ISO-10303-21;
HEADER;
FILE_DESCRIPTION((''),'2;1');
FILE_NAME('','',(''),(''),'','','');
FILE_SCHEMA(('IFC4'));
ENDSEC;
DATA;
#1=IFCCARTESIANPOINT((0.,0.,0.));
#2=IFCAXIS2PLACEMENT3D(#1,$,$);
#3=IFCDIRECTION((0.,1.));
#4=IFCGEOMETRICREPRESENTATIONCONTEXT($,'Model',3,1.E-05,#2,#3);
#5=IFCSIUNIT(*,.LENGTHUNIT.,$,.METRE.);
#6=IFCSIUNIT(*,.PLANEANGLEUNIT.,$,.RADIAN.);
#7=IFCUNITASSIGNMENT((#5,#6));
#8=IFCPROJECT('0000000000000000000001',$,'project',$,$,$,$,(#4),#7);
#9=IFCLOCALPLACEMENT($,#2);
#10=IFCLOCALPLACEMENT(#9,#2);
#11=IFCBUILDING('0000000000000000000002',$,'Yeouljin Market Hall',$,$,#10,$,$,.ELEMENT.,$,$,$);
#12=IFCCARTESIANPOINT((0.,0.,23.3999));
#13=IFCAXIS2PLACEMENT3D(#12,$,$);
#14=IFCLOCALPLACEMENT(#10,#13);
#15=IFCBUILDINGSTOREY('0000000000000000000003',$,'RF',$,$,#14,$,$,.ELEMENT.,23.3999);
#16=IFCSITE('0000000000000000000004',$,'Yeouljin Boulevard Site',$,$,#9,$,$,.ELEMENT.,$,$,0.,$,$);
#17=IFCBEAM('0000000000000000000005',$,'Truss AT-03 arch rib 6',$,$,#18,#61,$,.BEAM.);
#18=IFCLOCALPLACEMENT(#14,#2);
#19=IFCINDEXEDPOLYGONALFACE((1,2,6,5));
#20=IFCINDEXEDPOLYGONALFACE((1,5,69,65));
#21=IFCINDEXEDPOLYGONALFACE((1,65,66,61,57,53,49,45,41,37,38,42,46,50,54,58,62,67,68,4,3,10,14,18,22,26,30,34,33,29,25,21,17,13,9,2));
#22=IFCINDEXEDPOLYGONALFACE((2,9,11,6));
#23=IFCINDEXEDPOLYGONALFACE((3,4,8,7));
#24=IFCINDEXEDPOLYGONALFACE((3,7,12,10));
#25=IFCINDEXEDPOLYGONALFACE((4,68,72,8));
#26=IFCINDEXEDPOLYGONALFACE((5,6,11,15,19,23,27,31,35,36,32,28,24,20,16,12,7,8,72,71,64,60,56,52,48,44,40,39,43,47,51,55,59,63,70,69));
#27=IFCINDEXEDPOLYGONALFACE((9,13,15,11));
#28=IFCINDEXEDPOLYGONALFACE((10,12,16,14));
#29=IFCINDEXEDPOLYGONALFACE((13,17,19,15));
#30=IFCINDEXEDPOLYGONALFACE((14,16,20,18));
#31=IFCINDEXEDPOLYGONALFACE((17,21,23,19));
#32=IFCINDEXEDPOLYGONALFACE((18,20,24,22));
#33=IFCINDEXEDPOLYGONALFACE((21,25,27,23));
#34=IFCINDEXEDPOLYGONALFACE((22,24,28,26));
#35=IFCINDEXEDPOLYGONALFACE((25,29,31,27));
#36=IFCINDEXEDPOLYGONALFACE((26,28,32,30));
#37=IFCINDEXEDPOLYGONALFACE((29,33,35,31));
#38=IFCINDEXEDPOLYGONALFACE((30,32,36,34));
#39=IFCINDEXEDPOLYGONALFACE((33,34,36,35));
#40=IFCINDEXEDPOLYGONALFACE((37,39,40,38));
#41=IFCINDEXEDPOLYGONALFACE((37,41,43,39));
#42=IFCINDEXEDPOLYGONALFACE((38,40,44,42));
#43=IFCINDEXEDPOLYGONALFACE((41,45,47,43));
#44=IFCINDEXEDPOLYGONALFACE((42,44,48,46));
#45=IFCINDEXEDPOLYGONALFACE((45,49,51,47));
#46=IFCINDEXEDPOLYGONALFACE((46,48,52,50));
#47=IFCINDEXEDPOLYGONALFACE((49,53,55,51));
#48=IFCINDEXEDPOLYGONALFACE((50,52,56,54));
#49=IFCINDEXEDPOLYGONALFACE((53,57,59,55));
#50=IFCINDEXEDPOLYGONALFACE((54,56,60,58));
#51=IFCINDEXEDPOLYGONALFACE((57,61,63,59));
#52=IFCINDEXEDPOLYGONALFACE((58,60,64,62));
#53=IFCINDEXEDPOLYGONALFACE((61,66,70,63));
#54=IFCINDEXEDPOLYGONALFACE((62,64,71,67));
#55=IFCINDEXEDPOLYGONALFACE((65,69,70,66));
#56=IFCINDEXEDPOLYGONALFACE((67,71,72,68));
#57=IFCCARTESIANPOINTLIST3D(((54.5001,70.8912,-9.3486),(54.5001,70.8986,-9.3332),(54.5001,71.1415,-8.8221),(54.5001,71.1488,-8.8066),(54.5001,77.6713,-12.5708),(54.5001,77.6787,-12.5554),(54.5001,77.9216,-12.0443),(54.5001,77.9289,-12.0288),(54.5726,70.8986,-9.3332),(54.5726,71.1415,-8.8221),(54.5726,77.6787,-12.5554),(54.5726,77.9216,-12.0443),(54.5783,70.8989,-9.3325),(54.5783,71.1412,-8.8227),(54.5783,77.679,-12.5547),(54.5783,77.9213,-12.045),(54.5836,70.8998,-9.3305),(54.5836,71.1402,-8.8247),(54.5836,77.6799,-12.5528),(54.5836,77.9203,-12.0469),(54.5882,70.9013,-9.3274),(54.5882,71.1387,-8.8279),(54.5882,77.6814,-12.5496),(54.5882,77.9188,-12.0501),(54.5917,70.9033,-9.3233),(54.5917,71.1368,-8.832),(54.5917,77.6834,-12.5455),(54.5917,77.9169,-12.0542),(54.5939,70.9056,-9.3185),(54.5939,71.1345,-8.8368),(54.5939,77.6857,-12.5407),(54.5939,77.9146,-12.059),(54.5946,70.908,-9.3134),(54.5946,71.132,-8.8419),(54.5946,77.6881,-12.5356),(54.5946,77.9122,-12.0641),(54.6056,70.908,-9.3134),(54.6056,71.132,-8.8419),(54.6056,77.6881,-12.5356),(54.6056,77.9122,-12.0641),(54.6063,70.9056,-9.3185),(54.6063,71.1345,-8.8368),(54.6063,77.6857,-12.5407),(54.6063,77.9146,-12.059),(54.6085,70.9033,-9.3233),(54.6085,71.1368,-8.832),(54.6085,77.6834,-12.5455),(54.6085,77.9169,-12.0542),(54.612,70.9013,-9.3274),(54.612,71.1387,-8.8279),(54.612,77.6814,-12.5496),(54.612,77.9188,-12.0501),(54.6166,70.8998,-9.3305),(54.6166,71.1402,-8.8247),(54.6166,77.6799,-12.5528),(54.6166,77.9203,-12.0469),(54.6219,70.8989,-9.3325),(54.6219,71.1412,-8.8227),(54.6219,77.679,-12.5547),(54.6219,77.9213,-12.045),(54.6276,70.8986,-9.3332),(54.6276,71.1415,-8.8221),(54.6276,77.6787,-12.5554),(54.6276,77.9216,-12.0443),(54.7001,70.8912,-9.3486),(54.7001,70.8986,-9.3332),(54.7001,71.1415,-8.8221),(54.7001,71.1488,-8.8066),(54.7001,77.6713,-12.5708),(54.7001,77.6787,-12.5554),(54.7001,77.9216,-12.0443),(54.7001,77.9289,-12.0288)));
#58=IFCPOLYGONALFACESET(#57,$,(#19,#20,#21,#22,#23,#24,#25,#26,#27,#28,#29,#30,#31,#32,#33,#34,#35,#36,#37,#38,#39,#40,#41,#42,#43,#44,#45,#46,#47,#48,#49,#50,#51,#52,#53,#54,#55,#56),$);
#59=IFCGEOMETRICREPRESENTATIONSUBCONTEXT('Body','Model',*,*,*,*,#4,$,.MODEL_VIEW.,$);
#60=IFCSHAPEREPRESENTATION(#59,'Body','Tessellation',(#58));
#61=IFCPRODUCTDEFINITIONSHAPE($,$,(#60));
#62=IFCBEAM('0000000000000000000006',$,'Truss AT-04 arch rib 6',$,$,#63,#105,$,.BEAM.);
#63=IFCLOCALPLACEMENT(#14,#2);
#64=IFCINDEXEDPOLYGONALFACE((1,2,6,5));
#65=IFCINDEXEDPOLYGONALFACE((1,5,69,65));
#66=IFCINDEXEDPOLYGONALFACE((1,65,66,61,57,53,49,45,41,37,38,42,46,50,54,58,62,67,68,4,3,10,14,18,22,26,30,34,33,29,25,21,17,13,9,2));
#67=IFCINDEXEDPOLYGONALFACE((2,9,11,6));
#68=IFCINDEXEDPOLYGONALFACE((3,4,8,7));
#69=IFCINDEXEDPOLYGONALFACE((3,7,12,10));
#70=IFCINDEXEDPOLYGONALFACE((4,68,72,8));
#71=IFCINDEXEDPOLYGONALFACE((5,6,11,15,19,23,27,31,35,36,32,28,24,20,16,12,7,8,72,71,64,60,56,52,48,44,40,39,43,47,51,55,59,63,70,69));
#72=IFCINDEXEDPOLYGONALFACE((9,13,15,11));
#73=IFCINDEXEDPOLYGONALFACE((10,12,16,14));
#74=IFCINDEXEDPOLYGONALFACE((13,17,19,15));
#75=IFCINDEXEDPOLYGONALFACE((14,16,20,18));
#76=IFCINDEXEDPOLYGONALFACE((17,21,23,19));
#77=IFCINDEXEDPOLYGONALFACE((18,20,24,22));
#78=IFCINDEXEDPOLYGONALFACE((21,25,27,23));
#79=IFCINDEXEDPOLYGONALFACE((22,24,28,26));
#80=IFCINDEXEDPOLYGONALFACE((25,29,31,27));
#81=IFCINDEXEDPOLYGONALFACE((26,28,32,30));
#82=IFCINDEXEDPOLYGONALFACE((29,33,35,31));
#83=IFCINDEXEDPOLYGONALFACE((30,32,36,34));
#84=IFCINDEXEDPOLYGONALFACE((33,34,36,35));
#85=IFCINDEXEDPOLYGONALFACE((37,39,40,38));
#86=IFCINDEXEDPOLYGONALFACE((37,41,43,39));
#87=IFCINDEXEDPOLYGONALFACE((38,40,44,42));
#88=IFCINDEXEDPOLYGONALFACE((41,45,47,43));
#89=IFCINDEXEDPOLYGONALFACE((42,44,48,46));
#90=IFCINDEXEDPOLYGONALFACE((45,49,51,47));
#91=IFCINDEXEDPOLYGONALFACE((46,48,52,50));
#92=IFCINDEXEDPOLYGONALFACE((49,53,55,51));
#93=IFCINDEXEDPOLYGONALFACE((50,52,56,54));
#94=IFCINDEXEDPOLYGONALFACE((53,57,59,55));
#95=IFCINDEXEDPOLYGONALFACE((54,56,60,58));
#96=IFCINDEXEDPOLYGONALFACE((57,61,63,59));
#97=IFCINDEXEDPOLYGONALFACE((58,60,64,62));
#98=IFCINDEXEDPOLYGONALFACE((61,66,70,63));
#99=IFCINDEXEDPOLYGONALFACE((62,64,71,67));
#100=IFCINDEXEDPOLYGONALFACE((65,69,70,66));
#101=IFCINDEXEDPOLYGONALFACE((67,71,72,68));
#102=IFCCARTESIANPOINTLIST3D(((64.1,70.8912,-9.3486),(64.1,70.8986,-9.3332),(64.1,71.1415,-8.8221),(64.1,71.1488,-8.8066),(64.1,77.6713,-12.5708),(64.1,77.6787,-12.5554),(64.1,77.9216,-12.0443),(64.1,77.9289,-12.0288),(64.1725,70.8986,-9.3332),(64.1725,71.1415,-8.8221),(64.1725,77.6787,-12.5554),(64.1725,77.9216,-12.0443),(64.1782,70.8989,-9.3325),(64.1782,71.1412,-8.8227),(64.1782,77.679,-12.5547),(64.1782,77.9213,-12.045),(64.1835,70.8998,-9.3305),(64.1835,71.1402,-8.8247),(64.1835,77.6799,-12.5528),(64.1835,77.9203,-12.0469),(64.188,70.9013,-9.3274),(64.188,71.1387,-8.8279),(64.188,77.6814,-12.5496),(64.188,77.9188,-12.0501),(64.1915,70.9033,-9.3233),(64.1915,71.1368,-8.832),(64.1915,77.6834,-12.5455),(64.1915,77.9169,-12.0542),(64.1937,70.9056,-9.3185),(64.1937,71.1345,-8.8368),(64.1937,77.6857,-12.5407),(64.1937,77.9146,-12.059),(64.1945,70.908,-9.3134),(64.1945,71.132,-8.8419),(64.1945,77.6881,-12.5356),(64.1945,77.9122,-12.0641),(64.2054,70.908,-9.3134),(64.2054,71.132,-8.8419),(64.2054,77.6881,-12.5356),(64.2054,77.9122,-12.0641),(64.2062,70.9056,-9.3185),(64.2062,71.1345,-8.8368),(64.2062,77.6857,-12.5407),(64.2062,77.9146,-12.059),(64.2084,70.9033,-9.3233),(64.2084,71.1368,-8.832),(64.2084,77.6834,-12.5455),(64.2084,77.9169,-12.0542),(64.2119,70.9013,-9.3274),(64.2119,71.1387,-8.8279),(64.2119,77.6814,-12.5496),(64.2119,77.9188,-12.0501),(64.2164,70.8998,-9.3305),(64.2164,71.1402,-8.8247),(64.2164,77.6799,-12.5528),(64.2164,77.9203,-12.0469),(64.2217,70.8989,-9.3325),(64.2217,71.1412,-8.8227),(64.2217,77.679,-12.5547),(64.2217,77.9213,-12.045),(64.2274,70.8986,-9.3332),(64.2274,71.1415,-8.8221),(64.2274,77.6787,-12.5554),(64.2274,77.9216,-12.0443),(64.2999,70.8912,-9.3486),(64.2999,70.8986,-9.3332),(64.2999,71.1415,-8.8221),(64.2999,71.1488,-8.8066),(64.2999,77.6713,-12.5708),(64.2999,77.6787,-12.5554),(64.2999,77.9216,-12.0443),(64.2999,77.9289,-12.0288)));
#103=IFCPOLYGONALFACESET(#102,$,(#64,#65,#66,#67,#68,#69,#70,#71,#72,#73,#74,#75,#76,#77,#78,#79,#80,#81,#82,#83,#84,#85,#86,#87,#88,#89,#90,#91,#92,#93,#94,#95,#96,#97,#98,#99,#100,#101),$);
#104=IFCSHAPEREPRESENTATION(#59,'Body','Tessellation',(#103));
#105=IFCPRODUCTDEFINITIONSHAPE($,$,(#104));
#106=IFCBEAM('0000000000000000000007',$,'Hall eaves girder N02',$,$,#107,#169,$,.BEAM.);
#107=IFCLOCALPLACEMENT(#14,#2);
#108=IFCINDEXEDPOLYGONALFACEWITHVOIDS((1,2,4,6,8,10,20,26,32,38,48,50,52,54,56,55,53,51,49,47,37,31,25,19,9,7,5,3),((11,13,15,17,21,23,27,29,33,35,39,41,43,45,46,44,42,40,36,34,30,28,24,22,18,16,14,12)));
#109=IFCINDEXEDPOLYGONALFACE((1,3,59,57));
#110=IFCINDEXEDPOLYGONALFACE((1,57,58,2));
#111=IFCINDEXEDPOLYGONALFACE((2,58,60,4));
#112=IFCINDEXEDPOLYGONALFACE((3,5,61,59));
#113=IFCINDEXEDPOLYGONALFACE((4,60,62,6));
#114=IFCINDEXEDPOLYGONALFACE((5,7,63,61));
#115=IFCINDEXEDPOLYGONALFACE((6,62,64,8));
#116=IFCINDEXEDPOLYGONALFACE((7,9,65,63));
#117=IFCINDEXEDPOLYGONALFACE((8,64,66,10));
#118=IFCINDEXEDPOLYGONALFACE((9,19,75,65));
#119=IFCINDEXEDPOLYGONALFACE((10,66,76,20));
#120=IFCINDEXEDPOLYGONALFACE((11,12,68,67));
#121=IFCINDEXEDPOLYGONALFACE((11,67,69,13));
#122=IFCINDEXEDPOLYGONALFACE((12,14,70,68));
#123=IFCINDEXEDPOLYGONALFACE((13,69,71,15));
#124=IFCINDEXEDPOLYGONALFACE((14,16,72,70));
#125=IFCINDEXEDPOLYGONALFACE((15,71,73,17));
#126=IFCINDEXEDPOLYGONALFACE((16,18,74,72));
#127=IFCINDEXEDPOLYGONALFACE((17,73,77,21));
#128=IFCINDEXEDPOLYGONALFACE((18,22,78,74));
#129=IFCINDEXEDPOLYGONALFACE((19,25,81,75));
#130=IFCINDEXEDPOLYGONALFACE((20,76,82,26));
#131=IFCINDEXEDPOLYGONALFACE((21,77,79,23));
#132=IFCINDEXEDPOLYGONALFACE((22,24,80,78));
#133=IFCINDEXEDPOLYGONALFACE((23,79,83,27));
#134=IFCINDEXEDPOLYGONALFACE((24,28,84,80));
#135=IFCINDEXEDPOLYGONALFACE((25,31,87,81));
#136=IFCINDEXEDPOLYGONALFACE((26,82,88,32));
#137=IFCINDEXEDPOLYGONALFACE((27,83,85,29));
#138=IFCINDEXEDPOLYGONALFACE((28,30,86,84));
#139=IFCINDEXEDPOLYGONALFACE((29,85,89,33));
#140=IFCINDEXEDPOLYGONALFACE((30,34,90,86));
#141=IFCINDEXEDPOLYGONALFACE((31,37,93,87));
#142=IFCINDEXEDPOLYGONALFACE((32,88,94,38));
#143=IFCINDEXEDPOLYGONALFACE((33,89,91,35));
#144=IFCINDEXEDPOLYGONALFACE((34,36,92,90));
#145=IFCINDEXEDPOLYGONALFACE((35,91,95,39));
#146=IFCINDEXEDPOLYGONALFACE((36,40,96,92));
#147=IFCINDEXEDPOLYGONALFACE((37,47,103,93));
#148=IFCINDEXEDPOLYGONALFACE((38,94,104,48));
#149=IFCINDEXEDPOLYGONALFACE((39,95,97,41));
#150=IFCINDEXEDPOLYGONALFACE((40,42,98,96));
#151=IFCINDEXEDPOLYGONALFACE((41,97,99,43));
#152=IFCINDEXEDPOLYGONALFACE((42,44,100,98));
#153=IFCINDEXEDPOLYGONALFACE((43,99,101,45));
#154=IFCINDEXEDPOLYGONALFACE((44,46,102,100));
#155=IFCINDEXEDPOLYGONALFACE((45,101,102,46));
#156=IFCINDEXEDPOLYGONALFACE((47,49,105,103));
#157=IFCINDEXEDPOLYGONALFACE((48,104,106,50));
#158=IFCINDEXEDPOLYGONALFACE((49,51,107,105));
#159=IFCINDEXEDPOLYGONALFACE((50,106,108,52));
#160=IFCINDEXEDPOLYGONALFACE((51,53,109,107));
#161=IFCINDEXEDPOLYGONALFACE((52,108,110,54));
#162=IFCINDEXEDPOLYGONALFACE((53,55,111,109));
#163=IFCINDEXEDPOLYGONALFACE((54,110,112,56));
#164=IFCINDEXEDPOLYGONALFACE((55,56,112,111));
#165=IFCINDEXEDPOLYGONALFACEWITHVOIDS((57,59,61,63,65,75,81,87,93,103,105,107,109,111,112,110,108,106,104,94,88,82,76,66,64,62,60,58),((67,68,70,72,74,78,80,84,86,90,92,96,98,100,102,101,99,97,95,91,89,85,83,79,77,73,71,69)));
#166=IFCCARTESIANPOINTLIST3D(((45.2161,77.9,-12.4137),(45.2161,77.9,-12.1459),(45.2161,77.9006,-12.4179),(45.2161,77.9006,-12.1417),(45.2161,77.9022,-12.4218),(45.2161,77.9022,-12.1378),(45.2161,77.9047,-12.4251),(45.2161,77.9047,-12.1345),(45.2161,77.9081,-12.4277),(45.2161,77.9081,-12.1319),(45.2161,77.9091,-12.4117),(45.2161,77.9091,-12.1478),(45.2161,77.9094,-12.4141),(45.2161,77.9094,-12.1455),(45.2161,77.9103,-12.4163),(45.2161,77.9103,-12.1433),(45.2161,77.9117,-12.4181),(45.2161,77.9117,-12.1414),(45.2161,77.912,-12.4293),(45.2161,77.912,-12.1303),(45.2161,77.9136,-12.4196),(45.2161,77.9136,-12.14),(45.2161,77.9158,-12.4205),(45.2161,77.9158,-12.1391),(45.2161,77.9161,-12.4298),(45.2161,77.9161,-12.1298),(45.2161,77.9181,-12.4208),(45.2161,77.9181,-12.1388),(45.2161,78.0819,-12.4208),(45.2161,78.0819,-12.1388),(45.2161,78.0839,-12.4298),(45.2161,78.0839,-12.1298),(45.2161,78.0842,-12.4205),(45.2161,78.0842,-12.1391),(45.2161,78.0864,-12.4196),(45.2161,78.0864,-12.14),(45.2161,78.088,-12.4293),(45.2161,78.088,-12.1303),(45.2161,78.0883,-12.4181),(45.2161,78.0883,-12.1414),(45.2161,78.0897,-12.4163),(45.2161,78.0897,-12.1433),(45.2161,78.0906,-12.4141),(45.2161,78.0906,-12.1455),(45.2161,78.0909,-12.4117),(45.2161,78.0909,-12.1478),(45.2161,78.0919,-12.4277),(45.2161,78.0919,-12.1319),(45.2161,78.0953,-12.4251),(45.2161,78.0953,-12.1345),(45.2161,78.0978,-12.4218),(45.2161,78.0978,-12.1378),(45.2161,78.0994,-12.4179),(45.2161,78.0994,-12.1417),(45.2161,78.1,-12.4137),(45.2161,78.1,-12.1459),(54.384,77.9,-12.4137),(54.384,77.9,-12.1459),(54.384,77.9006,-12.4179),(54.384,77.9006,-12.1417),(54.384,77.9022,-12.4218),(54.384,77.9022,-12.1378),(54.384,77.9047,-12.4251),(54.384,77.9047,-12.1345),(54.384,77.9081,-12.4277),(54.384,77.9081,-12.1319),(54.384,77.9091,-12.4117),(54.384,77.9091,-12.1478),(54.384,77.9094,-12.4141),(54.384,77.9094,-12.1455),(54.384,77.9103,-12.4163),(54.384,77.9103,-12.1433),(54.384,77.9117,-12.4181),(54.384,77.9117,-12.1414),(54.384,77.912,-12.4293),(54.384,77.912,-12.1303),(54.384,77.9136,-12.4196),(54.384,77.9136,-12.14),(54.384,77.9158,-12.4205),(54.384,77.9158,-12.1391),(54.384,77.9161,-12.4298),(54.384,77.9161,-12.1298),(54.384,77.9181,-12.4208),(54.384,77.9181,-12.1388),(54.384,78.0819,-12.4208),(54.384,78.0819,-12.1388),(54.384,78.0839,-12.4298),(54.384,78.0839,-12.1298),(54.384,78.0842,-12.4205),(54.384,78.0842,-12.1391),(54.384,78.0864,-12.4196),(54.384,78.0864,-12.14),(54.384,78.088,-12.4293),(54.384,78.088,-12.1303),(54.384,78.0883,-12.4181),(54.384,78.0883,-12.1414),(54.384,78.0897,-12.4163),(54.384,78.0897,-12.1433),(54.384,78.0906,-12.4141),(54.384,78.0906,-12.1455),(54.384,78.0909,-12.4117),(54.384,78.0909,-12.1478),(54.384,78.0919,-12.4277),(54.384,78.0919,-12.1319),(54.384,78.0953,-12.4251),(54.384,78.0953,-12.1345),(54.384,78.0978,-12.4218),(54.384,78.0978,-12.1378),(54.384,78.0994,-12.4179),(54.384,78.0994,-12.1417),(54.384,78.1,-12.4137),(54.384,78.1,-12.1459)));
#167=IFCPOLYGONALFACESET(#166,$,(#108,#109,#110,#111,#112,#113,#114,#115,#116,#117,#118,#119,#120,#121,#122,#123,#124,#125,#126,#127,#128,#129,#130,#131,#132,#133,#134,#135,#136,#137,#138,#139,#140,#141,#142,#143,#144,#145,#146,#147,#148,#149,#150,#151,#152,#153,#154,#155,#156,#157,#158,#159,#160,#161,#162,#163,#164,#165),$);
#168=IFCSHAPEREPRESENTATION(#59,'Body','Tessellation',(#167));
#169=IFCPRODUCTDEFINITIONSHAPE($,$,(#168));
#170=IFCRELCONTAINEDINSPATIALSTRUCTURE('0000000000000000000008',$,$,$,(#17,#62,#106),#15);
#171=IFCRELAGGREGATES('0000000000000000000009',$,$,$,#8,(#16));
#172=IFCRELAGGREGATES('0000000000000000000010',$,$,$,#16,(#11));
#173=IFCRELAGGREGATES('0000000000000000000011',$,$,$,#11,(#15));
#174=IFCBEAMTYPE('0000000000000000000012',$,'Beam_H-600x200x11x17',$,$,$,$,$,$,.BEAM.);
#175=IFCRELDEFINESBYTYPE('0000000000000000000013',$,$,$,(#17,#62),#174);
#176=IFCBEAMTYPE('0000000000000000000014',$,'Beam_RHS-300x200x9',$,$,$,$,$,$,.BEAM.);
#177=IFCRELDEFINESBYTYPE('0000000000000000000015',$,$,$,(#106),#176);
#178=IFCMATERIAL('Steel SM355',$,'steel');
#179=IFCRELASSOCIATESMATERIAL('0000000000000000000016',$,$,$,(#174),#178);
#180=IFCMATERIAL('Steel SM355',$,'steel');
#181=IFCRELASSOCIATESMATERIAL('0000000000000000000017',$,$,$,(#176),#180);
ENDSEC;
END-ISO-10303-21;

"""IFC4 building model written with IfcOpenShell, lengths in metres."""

from ifc_helpers import new_model, si_unit, direction, frame, origin, origin_2d, place, context, subcontext, project, spatial, hollow_rectangle, i_section, extrude, material, material_profile, profile_set, type_object, element, save


model = new_model("IFC4")

# Units and contexts
model_context = context("Model", 3, precision=1e-05, world=origin(), true_north=direction((0.0, 1.0)))
body_context = subcontext(model_context, "Body", "Model", "MODEL_VIEW")
ifc_project = project(units=[si_unit("LENGTHUNIT", "METRE"), si_unit("PLANEANGLEUNIT", "RADIAN")], contexts=[model_context])

# Site, building, storey
site_placement = place(None, origin())
site = spatial("IfcSite", under=ifc_project, at=site_placement, Name="Yeouljin Boulevard Site", CompositionType="ELEMENT", RefElevation=0.0)
building_placement = place(site_placement, origin())
building = spatial("IfcBuilding", under=site, at=building_placement, Name="Yeouljin Market Hall", CompositionType="ELEMENT")
storey_placement = place(building_placement, frame((0.0, 0.0, 23.3999)))
storey = spatial("IfcBuildingStorey", under=building, at=storey_placement, Name="RF", CompositionType="ELEMENT", Elevation=23.3999)

# Beams
ifc_material_1 = material(Name="Steel SM355", Category="steel")
ifc_material_profile_1 = material_profile(ifc_material_1, i_section(OverallWidth=0.2, OverallDepth=0.6001, WebThickness=0.011, FlangeThickness=0.0171, FilletRadius=0.022, at=origin_2d()), Name="H-600x200x11x17")
ifc_profile_set_1 = profile_set([ifc_material_profile_1], Name="Steel SM355")
beam_type_1 = type_object("IfcBeamType", Name="Beam_H-600x200x11x17", PredefinedType="BEAM", material=ifc_profile_set_1)
for number, where, z_axis, x_axis, name in (
    (1, (54.6001, 71.02, -9.0776), (0.0, 0.903192, -0.429237), (-1.0, 0.0, 0.0), "Truss AT-03 arch rib 6"),
    (2, (64.2, 71.02, -9.0776), (0.0, 0.903192, -0.429237), (-1.0, 0.0, 0.0), "Truss AT-04 arch rib 6"),
):
    element("IfcBeam", number, at=place(storey_placement, frame(where, z_axis=z_axis, x_axis=x_axis)), inside=storey, type_object=beam_type_1, Name=name, PredefinedType="BEAM", context=body_context, shape_type="SweptSolid", body=[
        extrude(i_section(OverallWidth=0.2, OverallDepth=0.6001, WebThickness=0.011, FlangeThickness=0.0171, FilletRadius=0.022, at=origin_2d()), origin(), (0.0, 0.0, 1.0), 7.5068),
    ])
ifc_material_2 = material(Name="Steel SM355", Category="steel")
ifc_material_profile_2 = material_profile(ifc_material_2, hollow_rectangle(XDim=0.2, YDim=0.3, WallThickness=0.009, InnerFilletRadius=0.009, OuterFilletRadius=0.0161, at=origin_2d()), Name="RHS-300x200x9")
ifc_profile_set_2 = profile_set([ifc_material_profile_2], Name="Steel SM355")
beam_type_2 = type_object("IfcBeamType", Name="Beam_RHS-300x200x9", PredefinedType="BEAM", material=ifc_profile_set_2)
for number, where, z_axis, x_axis, name in (
    (3, (45.2161, 78.0, -12.2798), (1.0, 0.0, 0.0), (0.0, 1.0, 0.0), "Hall eaves girder N02"),
):
    element("IfcBeam", number, at=place(storey_placement, frame(where, z_axis=z_axis, x_axis=x_axis)), inside=storey, type_object=beam_type_2, Name=name, PredefinedType="BEAM", context=body_context, shape_type="SweptSolid", body=[
        extrude(hollow_rectangle(XDim=0.2, YDim=0.3, WallThickness=0.009, InnerFilletRadius=0.009, OuterFilletRadius=0.0161, at=origin_2d()), origin(), (0.0, 0.0, 1.0), 9.168),
    ])

save(model, "model.ifc")
